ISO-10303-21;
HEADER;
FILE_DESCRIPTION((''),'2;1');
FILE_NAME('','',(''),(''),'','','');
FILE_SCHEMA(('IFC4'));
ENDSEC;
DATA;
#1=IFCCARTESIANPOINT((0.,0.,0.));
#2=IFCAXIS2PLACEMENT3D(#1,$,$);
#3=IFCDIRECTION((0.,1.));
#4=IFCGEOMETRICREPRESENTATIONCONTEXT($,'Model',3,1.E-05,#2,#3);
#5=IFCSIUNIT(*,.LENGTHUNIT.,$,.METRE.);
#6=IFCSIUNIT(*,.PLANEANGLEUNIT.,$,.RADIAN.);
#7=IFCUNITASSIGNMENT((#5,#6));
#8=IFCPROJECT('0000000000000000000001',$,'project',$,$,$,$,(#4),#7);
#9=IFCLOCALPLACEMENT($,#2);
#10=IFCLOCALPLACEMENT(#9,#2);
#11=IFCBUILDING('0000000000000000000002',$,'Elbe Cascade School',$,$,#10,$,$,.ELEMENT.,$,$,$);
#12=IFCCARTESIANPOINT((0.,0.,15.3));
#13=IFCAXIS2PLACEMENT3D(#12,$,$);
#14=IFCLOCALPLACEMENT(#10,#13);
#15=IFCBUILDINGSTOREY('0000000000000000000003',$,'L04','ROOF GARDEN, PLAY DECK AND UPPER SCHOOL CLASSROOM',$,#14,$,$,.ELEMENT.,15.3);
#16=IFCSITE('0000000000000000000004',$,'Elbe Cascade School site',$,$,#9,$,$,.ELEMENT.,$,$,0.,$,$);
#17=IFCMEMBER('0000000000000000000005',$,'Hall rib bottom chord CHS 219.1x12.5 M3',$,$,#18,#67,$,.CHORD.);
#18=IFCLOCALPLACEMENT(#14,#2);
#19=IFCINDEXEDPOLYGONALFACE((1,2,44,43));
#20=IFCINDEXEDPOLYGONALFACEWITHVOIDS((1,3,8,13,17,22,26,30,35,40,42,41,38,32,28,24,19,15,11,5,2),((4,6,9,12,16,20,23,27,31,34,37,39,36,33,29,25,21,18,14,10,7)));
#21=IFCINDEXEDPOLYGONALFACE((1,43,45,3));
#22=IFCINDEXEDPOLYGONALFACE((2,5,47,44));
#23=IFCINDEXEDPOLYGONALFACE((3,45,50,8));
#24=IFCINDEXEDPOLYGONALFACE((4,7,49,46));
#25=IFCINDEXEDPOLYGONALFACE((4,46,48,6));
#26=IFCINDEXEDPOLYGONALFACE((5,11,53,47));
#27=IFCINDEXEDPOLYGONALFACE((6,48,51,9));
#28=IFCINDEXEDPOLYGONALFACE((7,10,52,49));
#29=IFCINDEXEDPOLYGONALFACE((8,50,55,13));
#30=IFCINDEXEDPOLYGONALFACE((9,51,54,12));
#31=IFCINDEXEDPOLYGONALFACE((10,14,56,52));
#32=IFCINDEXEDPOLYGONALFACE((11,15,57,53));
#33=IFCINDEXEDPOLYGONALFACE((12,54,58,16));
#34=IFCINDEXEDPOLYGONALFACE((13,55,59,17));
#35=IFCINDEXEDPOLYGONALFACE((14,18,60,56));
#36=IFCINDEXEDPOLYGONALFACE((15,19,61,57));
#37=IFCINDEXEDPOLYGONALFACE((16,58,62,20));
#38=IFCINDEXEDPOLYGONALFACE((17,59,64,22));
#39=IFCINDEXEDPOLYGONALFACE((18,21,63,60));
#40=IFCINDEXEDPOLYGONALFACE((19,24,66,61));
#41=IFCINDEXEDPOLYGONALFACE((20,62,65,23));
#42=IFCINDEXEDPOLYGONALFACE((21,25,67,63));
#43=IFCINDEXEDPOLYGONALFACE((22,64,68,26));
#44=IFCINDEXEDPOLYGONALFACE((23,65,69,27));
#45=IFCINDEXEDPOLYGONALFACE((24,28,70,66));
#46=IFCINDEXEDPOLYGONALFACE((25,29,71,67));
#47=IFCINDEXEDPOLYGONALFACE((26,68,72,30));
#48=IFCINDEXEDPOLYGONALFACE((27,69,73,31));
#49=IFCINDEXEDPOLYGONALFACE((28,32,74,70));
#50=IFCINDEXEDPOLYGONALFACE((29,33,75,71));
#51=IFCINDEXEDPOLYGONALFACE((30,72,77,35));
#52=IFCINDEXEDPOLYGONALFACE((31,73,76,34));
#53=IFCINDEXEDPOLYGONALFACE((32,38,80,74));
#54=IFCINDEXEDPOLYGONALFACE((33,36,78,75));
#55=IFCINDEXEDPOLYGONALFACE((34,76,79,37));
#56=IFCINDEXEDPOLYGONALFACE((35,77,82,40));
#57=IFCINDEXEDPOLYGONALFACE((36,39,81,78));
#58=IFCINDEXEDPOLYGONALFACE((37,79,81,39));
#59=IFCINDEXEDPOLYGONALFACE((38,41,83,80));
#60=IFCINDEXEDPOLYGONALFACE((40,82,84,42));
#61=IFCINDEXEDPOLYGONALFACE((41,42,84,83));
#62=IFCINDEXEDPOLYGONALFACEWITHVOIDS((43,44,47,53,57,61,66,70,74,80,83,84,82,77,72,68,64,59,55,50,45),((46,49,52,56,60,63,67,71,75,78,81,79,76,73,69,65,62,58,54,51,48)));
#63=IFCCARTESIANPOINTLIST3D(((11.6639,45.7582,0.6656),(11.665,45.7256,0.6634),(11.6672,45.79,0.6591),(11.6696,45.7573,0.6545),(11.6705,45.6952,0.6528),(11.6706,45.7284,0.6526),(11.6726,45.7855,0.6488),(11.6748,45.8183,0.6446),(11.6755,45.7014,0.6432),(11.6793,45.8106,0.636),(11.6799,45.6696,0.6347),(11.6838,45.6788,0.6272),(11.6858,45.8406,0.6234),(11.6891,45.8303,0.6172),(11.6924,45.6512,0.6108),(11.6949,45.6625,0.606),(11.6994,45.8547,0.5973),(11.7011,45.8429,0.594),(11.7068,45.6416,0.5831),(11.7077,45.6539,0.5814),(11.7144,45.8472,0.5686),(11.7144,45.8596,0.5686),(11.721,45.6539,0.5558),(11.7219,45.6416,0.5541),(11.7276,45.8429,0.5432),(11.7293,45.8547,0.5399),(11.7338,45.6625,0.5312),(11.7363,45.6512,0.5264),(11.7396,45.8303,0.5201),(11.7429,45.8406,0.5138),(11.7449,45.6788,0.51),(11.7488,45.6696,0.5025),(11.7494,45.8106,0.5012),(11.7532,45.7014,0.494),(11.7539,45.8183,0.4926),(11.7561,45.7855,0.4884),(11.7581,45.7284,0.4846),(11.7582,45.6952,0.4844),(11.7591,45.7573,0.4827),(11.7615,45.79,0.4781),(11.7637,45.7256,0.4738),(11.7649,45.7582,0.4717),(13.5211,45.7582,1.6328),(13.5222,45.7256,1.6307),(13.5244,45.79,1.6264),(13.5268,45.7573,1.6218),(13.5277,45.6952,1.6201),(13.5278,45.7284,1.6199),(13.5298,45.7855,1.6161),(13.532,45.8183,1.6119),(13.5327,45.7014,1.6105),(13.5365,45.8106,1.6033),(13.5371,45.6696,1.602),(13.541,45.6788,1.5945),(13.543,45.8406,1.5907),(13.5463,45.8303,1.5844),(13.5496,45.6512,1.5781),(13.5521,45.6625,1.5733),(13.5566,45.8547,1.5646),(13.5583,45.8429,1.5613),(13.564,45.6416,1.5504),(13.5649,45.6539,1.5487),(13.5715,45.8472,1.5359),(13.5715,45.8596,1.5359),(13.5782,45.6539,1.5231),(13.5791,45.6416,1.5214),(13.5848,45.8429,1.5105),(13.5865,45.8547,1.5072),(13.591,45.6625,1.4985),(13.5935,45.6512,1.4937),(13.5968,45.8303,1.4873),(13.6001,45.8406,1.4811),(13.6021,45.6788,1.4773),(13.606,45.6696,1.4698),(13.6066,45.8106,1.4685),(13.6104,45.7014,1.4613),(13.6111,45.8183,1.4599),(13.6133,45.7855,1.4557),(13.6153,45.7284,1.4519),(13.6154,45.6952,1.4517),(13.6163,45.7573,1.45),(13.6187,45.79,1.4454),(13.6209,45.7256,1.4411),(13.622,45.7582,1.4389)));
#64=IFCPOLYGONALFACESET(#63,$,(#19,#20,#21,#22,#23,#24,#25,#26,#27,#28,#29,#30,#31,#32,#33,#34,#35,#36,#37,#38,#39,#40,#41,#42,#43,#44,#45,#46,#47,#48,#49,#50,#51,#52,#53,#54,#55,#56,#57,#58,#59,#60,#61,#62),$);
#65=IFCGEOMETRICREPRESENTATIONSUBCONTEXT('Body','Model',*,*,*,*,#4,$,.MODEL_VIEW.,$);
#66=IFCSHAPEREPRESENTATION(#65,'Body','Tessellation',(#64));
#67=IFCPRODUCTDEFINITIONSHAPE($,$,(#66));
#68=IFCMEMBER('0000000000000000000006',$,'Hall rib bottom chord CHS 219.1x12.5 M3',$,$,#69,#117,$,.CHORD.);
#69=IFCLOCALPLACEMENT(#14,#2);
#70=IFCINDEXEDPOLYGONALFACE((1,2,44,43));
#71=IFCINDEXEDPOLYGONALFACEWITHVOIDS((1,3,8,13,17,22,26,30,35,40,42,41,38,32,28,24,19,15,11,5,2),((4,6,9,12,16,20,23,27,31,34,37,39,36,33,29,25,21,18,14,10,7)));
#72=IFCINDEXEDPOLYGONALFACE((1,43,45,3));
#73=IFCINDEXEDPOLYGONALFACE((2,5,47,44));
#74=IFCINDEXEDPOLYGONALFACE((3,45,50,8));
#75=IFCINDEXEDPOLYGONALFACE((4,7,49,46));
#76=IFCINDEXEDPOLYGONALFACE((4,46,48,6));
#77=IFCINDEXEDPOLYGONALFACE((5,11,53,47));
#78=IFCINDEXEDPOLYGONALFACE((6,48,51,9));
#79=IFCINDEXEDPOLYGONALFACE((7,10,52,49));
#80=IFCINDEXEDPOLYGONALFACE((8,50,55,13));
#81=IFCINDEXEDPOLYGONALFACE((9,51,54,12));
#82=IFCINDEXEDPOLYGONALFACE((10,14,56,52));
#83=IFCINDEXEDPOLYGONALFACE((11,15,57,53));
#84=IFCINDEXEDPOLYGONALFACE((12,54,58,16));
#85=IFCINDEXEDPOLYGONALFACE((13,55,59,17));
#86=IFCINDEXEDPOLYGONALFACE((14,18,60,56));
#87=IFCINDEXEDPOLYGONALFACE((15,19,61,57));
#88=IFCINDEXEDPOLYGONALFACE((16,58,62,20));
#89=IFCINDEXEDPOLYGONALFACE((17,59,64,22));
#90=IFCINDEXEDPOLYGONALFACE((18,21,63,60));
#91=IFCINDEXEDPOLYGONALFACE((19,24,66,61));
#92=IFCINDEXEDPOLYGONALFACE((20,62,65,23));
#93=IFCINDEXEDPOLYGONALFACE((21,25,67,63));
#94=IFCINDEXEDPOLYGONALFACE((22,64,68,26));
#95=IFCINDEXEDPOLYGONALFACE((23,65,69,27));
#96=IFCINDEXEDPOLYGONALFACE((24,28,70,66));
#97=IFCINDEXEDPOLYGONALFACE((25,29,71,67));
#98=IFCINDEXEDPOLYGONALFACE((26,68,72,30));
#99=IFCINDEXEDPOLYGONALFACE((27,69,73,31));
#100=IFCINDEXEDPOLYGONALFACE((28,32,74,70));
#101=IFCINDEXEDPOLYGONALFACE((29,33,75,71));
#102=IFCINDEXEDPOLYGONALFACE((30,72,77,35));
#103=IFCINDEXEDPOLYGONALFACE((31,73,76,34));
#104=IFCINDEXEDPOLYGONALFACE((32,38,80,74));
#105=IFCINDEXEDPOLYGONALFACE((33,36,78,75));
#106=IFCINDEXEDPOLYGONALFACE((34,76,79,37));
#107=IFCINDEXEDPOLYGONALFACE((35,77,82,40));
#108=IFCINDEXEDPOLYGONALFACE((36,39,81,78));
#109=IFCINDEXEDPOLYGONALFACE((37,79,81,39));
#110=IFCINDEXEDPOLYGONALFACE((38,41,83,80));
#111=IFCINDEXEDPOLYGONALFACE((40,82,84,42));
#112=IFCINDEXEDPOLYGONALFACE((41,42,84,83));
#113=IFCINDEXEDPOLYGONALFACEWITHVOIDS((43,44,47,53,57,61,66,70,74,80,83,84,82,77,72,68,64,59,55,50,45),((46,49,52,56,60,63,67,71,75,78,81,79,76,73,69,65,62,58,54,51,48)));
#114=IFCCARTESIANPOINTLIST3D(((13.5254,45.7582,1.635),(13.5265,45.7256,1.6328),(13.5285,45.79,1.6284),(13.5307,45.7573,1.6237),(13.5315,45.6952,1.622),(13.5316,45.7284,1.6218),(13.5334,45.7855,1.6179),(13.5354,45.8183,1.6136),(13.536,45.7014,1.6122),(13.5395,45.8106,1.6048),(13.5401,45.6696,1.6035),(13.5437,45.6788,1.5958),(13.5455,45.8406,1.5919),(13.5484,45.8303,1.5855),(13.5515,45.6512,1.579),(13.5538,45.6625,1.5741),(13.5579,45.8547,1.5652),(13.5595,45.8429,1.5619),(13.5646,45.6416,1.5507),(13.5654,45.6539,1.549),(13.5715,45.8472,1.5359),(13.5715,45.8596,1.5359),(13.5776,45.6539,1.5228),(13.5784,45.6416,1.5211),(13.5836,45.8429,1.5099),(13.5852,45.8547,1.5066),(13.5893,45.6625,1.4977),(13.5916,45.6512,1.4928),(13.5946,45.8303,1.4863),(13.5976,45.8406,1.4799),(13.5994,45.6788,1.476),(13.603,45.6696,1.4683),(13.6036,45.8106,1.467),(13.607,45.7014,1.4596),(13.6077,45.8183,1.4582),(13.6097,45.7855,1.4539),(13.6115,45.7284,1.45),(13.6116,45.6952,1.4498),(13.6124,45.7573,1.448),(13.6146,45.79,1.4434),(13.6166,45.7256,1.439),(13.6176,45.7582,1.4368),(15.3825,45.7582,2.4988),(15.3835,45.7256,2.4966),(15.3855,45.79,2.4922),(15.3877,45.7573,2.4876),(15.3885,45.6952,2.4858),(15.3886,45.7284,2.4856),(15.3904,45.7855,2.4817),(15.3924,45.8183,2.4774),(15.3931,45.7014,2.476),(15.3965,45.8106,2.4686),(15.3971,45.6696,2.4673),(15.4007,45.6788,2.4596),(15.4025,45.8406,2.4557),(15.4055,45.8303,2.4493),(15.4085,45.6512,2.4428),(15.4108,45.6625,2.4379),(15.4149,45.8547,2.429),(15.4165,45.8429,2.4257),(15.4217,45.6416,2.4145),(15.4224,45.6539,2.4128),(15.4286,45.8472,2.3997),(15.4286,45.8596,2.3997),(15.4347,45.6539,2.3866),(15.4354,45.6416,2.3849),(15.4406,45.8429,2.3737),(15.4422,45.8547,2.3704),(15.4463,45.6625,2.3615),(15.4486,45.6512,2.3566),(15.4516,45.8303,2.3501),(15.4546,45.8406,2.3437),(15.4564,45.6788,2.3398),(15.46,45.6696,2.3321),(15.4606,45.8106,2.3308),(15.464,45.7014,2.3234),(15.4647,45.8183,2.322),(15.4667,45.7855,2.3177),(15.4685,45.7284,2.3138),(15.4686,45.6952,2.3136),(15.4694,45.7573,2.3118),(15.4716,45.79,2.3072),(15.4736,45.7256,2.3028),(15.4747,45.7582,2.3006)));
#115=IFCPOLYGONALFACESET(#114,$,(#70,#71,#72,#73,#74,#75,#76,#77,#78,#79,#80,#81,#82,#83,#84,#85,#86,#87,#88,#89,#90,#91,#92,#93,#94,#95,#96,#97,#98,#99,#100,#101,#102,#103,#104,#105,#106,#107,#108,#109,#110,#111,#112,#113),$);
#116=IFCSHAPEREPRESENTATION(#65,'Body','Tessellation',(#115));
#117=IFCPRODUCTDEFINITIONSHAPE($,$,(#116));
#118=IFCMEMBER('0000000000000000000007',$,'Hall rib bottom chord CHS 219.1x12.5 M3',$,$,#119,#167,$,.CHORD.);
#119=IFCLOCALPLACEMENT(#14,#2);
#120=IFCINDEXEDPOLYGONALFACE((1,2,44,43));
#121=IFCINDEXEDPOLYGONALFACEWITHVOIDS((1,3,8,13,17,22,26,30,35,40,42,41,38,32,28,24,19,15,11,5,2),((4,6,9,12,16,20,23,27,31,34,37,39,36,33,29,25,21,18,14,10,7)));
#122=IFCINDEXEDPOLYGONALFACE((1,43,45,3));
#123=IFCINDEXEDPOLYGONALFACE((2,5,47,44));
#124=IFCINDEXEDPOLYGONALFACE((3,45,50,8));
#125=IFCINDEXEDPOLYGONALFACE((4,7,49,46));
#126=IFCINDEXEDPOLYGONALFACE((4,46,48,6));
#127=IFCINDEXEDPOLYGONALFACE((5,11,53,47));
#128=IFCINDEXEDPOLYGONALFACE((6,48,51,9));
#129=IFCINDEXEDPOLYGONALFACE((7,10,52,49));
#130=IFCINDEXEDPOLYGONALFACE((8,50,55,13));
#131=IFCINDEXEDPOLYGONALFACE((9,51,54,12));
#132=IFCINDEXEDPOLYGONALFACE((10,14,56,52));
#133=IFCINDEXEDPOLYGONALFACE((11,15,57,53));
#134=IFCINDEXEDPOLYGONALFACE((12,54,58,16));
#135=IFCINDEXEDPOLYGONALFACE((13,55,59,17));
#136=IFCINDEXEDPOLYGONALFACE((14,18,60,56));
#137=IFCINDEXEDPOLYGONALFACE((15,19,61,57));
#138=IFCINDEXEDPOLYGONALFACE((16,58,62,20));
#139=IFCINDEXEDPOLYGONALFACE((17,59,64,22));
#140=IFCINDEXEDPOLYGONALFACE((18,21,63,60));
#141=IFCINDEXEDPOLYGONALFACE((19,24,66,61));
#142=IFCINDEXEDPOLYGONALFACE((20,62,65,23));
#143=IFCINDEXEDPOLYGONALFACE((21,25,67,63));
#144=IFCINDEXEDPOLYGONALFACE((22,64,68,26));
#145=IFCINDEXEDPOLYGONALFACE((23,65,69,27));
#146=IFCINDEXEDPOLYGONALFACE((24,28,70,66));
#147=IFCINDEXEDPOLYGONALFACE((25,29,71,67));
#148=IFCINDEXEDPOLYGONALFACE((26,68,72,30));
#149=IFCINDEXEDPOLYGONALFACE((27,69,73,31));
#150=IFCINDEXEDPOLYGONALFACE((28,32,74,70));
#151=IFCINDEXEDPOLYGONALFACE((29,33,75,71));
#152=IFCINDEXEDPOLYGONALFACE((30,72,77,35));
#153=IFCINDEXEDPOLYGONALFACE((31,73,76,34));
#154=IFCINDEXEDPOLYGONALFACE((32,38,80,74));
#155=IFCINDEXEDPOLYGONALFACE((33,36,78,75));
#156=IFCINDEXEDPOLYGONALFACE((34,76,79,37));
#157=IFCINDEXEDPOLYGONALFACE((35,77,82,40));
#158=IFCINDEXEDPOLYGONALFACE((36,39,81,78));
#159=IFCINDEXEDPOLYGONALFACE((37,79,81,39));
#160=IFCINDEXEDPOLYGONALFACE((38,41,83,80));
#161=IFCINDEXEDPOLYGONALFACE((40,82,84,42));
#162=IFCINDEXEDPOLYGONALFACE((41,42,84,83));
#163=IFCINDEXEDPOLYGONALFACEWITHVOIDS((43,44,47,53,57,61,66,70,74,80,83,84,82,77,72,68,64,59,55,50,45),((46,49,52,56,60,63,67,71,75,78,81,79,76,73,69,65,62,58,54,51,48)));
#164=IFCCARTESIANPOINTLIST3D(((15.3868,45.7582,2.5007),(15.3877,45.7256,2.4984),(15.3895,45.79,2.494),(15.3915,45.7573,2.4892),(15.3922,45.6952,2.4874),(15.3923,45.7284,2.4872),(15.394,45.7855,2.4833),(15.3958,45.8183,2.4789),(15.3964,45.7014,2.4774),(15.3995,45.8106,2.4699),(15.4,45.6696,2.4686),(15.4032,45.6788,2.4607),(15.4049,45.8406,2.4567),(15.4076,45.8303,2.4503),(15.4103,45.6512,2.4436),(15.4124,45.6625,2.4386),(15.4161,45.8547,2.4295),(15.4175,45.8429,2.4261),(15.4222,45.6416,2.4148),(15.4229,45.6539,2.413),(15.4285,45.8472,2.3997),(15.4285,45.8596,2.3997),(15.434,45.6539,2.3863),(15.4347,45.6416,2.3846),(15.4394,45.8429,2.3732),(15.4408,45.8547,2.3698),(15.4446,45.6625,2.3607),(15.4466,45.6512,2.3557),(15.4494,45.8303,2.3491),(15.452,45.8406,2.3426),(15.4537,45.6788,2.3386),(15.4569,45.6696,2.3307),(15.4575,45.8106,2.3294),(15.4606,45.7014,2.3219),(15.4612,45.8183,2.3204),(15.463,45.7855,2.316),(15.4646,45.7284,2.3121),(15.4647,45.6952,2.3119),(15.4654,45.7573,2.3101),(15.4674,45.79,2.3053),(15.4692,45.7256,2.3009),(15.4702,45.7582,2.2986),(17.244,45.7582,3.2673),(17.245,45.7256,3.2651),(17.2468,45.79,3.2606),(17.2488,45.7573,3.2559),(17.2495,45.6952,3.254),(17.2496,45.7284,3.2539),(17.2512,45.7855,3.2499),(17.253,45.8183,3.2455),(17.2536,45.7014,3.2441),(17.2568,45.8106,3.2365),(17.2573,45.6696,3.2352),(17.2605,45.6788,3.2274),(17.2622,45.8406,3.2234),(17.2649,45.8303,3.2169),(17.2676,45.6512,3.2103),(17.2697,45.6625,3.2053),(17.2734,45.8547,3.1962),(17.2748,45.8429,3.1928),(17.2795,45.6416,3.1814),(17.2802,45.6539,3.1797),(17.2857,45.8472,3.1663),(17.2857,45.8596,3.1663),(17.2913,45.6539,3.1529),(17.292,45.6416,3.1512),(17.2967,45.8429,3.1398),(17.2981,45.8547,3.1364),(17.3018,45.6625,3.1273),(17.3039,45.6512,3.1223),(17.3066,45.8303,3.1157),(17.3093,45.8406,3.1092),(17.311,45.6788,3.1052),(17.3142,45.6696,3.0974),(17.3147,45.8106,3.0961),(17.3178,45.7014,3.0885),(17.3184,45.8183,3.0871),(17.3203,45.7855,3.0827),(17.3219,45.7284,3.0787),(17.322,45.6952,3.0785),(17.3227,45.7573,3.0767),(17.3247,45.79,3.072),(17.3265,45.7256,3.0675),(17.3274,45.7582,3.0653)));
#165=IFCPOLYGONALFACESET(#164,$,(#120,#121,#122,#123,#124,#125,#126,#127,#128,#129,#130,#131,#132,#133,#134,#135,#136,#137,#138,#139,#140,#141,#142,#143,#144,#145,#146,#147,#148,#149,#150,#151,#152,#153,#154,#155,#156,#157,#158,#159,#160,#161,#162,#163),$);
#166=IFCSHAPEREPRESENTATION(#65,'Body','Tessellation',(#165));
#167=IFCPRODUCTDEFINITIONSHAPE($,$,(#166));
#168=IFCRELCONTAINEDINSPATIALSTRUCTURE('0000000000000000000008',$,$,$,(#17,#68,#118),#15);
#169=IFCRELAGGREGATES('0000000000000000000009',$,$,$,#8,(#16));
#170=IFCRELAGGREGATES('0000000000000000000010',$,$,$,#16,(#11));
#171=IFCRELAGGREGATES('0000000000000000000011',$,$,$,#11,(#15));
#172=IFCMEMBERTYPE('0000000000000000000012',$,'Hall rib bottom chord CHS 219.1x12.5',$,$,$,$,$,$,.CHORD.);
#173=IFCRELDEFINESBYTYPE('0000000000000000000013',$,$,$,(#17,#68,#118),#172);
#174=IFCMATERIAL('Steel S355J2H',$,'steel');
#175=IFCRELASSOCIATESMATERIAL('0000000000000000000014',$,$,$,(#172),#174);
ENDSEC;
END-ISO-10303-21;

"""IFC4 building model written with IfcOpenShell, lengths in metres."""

from ifc_helpers import new_model, si_unit, direction, frame, origin, origin_2d, place, context, subcontext, project, spatial, hollow_circle, extrude, material, material_profile, profile_set, type_object, element, save


model = new_model("IFC4")

# Units and contexts
model_context = context("Model", 3, precision=1e-05, world=origin(), true_north=direction((0.0, 1.0)))
body_context = subcontext(model_context, "Body", "Model", "MODEL_VIEW")
ifc_project = project(units=[si_unit("LENGTHUNIT", "METRE"), si_unit("PLANEANGLEUNIT", "RADIAN")], contexts=[model_context])

# Site, building, storey
site_placement = place(None, origin())
site = spatial("IfcSite", under=ifc_project, at=site_placement, Name="Elbe Cascade School site", CompositionType="ELEMENT", RefElevation=0.0)
building_placement = place(site_placement, origin())
building = spatial("IfcBuilding", under=site, at=building_placement, Name="Elbe Cascade School", CompositionType="ELEMENT")
storey_placement = place(building_placement, frame((0.0, 0.0, 15.3)))
storey = spatial("IfcBuildingStorey", under=building, at=storey_placement, Name="L04", Description="ROOF GARDEN, PLAY DECK AND UPPER SCHOOL CLASSROOM", CompositionType="ELEMENT", Elevation=15.3)

# Members
ifc_material_1 = material(Name="Steel S355J2H", Category="steel")
ifc_material_profile_1 = material_profile(ifc_material_1, hollow_circle(Radius=0.1096, WallThickness=0.0125, at=origin_2d()), Name="CHS 219.1x12.5")
ifc_profile_set_1 = profile_set([ifc_material_profile_1], Name="Steel S355J2H")
member_type_1 = type_object("IfcMemberType", Name="Hall rib bottom chord CHS 219.1x12.5", PredefinedType="CHORD", material=ifc_profile_set_1)
member_1_placement = place(storey_placement, frame((11.7144, 45.75, 0.5686), z_axis=(0.886913, 0.0, 0.461936), x_axis=(0.0, 1.0, 0.0)))
element("IfcMember", 1, at=member_1_placement, inside=storey, type_object=member_type_1, Name="Hall rib bottom chord CHS 219.1x12.5 M3", PredefinedType="CHORD", context=body_context, shape_type="SweptSolid", body=[
    extrude(hollow_circle(Radius=0.1096, WallThickness=0.0125, at=origin_2d()), origin(), (0.0, 0.0, 1.0), 2.094),
])
member_2_placement = place(storey_placement, frame((13.5715, 45.75, 1.5359), z_axis=(0.906706, 0.0, 0.421763), x_axis=(0.0, 1.0, 0.0)))
element("IfcMember", 2, at=member_2_placement, inside=storey, type_object=member_type_1, Name="Hall rib bottom chord CHS 219.1x12.5 M3", PredefinedType="CHORD", context=body_context, shape_type="SweptSolid", body=[
    extrude(hollow_circle(Radius=0.1096, WallThickness=0.0125, at=origin_2d()), origin(), (0.0, 0.0, 1.0), 2.0481),
])
member_3_placement = place(storey_placement, frame((15.4285, 45.75, 2.3997), z_axis=(0.924348, 0.0, 0.38155), x_axis=(0.0, 1.0, 0.0)))
element("IfcMember", 3, at=member_3_placement, inside=storey, type_object=member_type_1, Name="Hall rib bottom chord CHS 219.1x12.5 M3", PredefinedType="CHORD", context=body_context, shape_type="SweptSolid", body=[
    extrude(hollow_circle(Radius=0.1096, WallThickness=0.0125, at=origin_2d()), origin(), (0.0, 0.0, 1.0), 2.0093),
])

save(model, "model.ifc")
